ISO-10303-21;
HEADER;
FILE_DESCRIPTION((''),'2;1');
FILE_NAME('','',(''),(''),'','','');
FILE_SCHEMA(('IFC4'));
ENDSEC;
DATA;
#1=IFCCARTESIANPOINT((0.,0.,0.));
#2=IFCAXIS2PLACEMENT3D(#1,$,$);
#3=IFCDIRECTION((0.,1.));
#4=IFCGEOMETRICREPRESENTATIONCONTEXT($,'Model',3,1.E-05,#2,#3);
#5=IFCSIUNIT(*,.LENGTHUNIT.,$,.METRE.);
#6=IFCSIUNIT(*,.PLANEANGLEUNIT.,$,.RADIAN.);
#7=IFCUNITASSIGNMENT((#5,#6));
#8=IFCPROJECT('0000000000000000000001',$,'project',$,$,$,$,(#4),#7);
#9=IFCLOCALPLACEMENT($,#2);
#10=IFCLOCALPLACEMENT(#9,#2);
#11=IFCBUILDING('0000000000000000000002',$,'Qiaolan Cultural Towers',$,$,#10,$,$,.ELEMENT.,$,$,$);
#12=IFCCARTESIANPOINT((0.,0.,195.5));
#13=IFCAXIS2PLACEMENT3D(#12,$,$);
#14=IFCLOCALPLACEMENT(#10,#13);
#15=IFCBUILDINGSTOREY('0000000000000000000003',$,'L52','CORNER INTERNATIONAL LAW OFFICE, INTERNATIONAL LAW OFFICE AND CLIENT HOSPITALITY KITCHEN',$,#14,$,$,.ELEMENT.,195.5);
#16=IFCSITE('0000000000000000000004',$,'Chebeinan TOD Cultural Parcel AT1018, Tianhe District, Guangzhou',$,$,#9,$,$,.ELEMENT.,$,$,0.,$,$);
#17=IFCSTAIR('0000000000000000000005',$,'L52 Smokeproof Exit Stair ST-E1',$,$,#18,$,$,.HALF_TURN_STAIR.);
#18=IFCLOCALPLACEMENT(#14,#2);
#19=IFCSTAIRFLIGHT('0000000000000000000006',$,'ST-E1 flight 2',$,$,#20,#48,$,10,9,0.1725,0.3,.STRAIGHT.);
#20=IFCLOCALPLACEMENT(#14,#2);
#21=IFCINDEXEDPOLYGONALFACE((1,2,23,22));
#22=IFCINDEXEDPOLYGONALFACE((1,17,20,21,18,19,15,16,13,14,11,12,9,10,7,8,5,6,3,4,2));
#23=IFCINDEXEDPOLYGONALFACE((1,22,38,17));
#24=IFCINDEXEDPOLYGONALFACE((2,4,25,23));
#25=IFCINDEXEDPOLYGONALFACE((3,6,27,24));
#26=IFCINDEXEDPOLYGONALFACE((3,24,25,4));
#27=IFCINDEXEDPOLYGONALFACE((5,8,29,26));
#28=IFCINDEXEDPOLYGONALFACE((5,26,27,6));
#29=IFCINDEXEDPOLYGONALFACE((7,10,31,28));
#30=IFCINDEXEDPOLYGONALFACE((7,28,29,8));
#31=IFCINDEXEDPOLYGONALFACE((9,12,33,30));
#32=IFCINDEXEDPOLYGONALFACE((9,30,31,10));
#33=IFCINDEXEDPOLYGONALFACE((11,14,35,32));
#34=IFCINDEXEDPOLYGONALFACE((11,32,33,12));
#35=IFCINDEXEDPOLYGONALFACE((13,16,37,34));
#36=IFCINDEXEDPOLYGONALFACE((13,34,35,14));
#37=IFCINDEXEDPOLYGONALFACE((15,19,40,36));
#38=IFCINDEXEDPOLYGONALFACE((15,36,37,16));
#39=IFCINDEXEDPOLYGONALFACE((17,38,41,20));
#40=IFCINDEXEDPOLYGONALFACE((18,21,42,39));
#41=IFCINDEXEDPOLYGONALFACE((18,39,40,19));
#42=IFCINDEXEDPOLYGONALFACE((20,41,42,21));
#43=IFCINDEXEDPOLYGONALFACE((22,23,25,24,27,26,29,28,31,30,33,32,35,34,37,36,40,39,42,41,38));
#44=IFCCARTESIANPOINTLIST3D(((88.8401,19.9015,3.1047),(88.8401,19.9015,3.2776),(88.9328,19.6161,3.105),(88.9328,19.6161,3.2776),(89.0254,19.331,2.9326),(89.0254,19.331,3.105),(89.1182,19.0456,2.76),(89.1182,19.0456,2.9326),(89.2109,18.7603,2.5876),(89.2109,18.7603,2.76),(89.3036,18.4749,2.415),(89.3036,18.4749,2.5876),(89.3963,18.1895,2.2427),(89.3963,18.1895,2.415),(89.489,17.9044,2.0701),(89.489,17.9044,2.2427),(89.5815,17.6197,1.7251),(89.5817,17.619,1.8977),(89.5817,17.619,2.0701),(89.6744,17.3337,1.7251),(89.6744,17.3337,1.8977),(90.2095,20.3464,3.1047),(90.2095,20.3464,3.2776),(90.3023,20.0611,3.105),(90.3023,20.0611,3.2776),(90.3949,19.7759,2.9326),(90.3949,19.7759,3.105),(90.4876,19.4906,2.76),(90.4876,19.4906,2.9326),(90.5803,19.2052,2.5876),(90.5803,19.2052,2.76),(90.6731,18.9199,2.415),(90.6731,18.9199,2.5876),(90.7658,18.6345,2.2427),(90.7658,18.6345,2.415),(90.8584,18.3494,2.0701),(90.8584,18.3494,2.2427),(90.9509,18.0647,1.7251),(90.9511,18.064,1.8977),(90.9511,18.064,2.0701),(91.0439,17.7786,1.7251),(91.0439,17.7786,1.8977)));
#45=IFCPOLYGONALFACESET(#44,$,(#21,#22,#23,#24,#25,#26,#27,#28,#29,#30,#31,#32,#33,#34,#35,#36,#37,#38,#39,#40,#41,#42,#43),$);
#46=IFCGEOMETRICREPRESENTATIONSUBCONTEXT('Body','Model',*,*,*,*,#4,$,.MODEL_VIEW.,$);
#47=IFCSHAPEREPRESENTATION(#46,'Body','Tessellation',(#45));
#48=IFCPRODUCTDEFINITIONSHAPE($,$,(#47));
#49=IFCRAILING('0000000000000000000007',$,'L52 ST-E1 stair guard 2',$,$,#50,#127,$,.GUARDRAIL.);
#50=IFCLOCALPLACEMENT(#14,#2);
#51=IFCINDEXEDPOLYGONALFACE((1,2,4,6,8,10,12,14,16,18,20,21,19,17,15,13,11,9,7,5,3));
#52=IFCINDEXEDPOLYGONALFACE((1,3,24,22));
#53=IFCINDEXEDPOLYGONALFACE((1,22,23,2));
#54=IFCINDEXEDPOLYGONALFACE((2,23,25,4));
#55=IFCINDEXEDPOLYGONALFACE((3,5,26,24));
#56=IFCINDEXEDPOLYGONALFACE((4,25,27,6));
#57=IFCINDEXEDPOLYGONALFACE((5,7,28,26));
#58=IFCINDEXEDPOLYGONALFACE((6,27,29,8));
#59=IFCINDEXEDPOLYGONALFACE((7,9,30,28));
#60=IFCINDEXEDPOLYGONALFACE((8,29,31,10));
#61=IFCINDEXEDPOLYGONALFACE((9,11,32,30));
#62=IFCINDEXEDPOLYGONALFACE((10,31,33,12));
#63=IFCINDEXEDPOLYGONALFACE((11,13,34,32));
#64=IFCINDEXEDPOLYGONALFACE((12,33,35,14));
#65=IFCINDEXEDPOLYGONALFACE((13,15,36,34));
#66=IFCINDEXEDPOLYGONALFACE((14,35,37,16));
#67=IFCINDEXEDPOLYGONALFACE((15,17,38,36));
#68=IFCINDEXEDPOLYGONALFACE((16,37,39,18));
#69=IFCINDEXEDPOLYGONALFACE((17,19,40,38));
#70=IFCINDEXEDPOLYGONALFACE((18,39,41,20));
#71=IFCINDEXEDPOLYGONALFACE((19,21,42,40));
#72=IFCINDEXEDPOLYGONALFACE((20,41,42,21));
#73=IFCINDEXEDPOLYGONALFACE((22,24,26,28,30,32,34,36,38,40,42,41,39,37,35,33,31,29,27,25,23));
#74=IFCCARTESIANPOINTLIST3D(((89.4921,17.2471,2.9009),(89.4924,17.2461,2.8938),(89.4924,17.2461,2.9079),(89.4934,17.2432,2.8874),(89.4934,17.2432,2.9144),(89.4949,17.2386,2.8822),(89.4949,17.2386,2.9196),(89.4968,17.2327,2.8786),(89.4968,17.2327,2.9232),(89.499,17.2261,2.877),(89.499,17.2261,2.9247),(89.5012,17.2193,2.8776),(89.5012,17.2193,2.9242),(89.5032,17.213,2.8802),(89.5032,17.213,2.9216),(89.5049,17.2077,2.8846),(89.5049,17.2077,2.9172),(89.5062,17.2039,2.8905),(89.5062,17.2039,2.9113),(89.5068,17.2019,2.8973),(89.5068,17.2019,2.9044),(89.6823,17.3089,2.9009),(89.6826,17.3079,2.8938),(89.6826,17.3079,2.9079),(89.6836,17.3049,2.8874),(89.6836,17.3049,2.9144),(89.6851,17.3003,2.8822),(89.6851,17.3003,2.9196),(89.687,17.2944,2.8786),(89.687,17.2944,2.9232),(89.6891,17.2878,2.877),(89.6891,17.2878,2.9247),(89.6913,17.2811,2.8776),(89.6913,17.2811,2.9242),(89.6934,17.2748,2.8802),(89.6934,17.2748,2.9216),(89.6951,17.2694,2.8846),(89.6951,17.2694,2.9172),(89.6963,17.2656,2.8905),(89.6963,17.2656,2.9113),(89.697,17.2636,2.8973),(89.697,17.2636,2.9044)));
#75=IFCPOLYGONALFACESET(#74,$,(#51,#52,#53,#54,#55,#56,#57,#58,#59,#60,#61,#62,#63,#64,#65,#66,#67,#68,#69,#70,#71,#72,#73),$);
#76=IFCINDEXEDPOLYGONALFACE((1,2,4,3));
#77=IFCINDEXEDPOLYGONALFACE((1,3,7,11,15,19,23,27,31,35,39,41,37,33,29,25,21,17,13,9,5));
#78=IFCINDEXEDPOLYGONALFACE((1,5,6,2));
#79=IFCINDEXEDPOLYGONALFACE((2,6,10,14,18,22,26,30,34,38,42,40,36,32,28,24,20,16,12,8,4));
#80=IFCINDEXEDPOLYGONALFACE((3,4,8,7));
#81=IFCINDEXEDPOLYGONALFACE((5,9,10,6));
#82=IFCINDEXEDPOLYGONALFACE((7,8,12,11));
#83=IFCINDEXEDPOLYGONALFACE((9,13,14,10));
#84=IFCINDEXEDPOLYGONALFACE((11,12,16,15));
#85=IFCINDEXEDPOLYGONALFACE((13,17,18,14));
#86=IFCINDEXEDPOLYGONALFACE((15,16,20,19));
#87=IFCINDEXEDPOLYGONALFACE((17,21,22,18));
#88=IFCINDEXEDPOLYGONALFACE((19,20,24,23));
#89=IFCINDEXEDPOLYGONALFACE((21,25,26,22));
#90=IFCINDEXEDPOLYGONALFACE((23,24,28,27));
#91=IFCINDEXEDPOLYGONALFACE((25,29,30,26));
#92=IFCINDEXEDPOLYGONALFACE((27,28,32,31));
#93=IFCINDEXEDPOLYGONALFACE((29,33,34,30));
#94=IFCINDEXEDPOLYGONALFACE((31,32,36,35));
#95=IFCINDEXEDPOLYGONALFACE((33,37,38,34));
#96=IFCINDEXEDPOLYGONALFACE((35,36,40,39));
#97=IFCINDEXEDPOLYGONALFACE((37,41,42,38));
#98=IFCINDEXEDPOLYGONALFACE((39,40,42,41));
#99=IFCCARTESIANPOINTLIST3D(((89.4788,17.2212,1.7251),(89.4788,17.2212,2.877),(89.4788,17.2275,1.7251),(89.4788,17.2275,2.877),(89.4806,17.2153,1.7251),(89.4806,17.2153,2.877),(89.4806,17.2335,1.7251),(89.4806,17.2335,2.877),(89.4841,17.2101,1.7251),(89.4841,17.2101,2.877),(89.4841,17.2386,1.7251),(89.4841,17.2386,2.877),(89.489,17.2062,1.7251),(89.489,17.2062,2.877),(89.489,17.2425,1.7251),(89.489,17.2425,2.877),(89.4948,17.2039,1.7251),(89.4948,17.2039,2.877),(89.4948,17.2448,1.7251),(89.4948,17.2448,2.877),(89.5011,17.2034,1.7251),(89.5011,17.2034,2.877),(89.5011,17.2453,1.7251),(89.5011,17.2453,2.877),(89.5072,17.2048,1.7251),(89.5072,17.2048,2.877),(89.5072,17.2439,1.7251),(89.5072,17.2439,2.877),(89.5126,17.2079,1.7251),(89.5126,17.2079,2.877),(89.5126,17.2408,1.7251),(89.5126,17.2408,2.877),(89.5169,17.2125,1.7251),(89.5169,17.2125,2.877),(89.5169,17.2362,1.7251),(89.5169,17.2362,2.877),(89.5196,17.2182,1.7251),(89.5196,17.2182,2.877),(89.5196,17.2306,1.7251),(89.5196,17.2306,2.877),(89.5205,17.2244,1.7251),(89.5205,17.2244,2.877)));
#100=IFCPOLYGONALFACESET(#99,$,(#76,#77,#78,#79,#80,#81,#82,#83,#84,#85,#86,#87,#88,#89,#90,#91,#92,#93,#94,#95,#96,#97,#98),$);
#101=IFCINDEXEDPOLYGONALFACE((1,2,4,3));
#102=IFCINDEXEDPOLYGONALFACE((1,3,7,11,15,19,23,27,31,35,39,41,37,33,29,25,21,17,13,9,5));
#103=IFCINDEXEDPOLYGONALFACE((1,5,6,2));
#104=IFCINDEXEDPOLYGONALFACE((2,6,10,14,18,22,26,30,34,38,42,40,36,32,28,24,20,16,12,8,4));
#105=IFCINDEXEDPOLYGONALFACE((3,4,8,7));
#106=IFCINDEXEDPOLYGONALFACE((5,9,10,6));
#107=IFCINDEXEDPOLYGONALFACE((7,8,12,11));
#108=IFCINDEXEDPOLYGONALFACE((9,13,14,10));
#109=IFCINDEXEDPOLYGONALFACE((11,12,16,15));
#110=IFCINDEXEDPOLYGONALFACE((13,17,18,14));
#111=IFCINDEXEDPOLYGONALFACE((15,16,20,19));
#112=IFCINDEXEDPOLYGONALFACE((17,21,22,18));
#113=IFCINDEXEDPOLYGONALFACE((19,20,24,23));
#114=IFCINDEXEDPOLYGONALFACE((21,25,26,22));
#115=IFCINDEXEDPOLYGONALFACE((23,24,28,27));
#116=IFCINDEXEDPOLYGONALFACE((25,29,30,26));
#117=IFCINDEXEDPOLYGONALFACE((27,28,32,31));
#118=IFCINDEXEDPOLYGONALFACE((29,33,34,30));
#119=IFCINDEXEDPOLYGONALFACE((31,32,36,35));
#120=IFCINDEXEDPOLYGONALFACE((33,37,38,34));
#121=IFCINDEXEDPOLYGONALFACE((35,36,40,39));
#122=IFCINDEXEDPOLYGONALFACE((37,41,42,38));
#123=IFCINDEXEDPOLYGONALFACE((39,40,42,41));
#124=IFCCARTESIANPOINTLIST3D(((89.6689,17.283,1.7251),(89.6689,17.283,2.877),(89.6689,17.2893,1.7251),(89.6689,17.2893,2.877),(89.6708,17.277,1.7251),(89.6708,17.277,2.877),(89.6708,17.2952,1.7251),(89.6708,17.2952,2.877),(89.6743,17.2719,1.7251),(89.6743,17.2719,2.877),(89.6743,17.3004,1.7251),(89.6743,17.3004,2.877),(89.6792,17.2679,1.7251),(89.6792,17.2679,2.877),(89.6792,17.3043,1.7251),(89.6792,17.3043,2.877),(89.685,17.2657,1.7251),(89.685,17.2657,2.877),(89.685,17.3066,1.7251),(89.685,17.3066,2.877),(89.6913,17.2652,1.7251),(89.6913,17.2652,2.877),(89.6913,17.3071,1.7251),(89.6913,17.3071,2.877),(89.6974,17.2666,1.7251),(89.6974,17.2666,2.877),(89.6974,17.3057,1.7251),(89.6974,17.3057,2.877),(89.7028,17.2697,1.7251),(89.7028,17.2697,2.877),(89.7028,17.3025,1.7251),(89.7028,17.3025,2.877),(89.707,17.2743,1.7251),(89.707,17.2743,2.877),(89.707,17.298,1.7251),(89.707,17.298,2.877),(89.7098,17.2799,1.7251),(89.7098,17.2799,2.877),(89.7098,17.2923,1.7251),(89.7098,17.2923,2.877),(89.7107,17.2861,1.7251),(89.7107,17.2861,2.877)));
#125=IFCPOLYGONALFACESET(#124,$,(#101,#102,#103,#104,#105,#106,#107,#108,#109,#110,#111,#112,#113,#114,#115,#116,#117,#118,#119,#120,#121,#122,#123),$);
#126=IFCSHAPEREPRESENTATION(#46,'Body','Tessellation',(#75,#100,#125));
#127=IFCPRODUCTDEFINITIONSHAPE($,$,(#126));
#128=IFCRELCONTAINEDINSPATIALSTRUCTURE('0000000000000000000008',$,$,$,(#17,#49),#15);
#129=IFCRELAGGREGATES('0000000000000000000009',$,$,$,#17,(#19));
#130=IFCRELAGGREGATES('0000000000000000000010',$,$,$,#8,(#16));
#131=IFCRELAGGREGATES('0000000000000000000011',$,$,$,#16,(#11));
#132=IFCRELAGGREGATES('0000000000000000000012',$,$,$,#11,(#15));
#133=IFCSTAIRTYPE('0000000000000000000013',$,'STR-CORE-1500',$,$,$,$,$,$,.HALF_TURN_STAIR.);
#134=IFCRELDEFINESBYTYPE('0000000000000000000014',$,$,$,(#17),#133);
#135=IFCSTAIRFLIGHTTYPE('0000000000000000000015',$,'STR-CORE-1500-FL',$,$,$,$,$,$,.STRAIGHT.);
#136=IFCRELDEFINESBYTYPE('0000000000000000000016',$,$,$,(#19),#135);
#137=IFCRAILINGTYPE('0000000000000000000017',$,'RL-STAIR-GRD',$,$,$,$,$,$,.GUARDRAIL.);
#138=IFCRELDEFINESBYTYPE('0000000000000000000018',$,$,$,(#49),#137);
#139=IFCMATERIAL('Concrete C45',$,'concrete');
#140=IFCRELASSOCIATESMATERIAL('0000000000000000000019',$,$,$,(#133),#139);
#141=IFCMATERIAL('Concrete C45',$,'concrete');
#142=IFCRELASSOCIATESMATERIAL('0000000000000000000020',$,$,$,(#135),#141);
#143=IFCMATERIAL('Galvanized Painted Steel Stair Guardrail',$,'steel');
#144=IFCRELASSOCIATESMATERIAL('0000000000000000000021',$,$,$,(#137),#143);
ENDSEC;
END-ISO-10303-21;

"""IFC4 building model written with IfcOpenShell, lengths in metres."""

from ifc_helpers import new_model, si_unit, direction, frame, origin, origin_2d, place, context, subcontext, project, spatial, polyline, circle, outline, extrude, material, type_object, element, aggregate, save


model = new_model("IFC4")

# Units and contexts
model_context = context("Model", 3, precision=1e-05, world=origin(), true_north=direction((0.0, 1.0)))
body_context = subcontext(model_context, "Body", "Model", "MODEL_VIEW")
ifc_project = project(units=[si_unit("LENGTHUNIT", "METRE"), si_unit("PLANEANGLEUNIT", "RADIAN")], contexts=[model_context])

# Site, building, storey
site_placement = place(None, origin())
site = spatial("IfcSite", under=ifc_project, at=site_placement, Name="Chebeinan TOD Cultural Parcel AT1018, Tianhe District, Guangzhou", CompositionType="ELEMENT", RefElevation=0.0)
building_placement = place(site_placement, origin())
building = spatial("IfcBuilding", under=site, at=building_placement, Name="Qiaolan Cultural Towers", CompositionType="ELEMENT")
storey_placement = place(building_placement, frame((0.0, 0.0, 195.5)))
storey = spatial("IfcBuildingStorey", under=building, at=storey_placement, Name="L52", Description="CORNER INTERNATIONAL LAW OFFICE, INTERNATIONAL LAW OFFICE AND CLIENT HOSPITALITY KITCHEN", CompositionType="ELEMENT", Elevation=195.5)

# Stair, stair flight
ifc_material_1 = material(Name="Concrete C45", Category="concrete")
stair_type = type_object("IfcStairType", Name="STR-CORE-1500", PredefinedType="HALF_TURN_STAIR", material=ifc_material_1)
stair_placement = place(storey_placement, origin())
stair = element("IfcStair", 1, at=stair_placement, inside=storey, type_object=stair_type, Name="L52 Smokeproof Exit Stair ST-E1", PredefinedType="HALF_TURN_STAIR")
ifc_material_2 = material(Name="Concrete C45", Category="concrete")
stair_flight_type = type_object("IfcStairFlightType", Name="STR-CORE-1500-FL", PredefinedType="STRAIGHT", material=ifc_material_2)
stair_flight_placement = place(storey_placement, frame((90.3591, 17.5562, 1.7251), z_axis=(0.0, 0.0, 1.0), x_axis=(-0.309017, 0.951057, 0.0)))
stair_flight = element("IfcStairFlight", 2, at=stair_flight_placement, type_object=stair_flight_type, Name="ST-E1 flight 2", NumberOfRisers=10, NumberOfTreads=9, PredefinedType="STRAIGHT", RiserHeight=0.1725, TreadLength=0.3, context=body_context, shape_type="SweptSolid", body=[
    extrude(outline(polyline([(0.0, 0.0), (0.0, 0.1726), (0.3, 0.1726), (0.3, 0.345), (0.6001, 0.345), (0.6001, 0.5176), (0.8999, 0.5176), (0.8999, 0.6899), (1.2, 0.6899), (1.2, 0.8625), (1.5, 0.8625), (1.5, 1.0349), (1.8, 1.0349), (1.8, 1.2075), (2.1001, 1.2075), (2.1001, 1.3799), (2.3999, 1.3799), (2.3999, 1.5525), (2.7, 1.5525), (2.7, 1.7251), (2.7, 1.3796), (0.3008, 0.0), (0.0, 0.0)])), frame((0.0, 0.72, 0.0), z_axis=(0.0, -1.0, 0.0), x_axis=(1.0, 0.0, 0.0)), (0.0, 0.0, 1.0), 1.4399),
])
aggregate(stair, [stair_flight])

# Railing
ifc_material_3 = material(Name="Galvanized Painted Steel Stair Guardrail", Category="steel")
railing_type_1 = type_object("IfcRailingType", Name="RL-STAIR-GRD", PredefinedType="GUARDRAIL", material=ifc_material_3)
railing_1_placement = place(storey_placement, frame((89.4995, 17.2244, 1.7251)))
element("IfcRailing", 3, at=railing_1_placement, inside=storey, type_object=railing_type_1, Name="L52 ST-E1 stair guard 2", PredefinedType="GUARDRAIL", context=body_context, shape_type="SweptSolid", body=[
    extrude(circle(Radius=0.0239, at=origin_2d()), frame((0.0, 0.0, 1.1758), z_axis=(0.951097, 0.308893, 0.0), x_axis=(-0.308893, 0.951097, 0.0)), (0.0, 0.0, 1.0), 0.2),
    extrude(circle(Radius=0.021, at=origin_2d()), origin(), (0.0, 0.0, 1.0), 1.1519),
    extrude(circle(Radius=0.021, at=origin_2d()), frame((0.1902, 0.0618, 0.0)), (0.0, 0.0, 1.0), 1.1519),
])

save(model, "model.ifc")
